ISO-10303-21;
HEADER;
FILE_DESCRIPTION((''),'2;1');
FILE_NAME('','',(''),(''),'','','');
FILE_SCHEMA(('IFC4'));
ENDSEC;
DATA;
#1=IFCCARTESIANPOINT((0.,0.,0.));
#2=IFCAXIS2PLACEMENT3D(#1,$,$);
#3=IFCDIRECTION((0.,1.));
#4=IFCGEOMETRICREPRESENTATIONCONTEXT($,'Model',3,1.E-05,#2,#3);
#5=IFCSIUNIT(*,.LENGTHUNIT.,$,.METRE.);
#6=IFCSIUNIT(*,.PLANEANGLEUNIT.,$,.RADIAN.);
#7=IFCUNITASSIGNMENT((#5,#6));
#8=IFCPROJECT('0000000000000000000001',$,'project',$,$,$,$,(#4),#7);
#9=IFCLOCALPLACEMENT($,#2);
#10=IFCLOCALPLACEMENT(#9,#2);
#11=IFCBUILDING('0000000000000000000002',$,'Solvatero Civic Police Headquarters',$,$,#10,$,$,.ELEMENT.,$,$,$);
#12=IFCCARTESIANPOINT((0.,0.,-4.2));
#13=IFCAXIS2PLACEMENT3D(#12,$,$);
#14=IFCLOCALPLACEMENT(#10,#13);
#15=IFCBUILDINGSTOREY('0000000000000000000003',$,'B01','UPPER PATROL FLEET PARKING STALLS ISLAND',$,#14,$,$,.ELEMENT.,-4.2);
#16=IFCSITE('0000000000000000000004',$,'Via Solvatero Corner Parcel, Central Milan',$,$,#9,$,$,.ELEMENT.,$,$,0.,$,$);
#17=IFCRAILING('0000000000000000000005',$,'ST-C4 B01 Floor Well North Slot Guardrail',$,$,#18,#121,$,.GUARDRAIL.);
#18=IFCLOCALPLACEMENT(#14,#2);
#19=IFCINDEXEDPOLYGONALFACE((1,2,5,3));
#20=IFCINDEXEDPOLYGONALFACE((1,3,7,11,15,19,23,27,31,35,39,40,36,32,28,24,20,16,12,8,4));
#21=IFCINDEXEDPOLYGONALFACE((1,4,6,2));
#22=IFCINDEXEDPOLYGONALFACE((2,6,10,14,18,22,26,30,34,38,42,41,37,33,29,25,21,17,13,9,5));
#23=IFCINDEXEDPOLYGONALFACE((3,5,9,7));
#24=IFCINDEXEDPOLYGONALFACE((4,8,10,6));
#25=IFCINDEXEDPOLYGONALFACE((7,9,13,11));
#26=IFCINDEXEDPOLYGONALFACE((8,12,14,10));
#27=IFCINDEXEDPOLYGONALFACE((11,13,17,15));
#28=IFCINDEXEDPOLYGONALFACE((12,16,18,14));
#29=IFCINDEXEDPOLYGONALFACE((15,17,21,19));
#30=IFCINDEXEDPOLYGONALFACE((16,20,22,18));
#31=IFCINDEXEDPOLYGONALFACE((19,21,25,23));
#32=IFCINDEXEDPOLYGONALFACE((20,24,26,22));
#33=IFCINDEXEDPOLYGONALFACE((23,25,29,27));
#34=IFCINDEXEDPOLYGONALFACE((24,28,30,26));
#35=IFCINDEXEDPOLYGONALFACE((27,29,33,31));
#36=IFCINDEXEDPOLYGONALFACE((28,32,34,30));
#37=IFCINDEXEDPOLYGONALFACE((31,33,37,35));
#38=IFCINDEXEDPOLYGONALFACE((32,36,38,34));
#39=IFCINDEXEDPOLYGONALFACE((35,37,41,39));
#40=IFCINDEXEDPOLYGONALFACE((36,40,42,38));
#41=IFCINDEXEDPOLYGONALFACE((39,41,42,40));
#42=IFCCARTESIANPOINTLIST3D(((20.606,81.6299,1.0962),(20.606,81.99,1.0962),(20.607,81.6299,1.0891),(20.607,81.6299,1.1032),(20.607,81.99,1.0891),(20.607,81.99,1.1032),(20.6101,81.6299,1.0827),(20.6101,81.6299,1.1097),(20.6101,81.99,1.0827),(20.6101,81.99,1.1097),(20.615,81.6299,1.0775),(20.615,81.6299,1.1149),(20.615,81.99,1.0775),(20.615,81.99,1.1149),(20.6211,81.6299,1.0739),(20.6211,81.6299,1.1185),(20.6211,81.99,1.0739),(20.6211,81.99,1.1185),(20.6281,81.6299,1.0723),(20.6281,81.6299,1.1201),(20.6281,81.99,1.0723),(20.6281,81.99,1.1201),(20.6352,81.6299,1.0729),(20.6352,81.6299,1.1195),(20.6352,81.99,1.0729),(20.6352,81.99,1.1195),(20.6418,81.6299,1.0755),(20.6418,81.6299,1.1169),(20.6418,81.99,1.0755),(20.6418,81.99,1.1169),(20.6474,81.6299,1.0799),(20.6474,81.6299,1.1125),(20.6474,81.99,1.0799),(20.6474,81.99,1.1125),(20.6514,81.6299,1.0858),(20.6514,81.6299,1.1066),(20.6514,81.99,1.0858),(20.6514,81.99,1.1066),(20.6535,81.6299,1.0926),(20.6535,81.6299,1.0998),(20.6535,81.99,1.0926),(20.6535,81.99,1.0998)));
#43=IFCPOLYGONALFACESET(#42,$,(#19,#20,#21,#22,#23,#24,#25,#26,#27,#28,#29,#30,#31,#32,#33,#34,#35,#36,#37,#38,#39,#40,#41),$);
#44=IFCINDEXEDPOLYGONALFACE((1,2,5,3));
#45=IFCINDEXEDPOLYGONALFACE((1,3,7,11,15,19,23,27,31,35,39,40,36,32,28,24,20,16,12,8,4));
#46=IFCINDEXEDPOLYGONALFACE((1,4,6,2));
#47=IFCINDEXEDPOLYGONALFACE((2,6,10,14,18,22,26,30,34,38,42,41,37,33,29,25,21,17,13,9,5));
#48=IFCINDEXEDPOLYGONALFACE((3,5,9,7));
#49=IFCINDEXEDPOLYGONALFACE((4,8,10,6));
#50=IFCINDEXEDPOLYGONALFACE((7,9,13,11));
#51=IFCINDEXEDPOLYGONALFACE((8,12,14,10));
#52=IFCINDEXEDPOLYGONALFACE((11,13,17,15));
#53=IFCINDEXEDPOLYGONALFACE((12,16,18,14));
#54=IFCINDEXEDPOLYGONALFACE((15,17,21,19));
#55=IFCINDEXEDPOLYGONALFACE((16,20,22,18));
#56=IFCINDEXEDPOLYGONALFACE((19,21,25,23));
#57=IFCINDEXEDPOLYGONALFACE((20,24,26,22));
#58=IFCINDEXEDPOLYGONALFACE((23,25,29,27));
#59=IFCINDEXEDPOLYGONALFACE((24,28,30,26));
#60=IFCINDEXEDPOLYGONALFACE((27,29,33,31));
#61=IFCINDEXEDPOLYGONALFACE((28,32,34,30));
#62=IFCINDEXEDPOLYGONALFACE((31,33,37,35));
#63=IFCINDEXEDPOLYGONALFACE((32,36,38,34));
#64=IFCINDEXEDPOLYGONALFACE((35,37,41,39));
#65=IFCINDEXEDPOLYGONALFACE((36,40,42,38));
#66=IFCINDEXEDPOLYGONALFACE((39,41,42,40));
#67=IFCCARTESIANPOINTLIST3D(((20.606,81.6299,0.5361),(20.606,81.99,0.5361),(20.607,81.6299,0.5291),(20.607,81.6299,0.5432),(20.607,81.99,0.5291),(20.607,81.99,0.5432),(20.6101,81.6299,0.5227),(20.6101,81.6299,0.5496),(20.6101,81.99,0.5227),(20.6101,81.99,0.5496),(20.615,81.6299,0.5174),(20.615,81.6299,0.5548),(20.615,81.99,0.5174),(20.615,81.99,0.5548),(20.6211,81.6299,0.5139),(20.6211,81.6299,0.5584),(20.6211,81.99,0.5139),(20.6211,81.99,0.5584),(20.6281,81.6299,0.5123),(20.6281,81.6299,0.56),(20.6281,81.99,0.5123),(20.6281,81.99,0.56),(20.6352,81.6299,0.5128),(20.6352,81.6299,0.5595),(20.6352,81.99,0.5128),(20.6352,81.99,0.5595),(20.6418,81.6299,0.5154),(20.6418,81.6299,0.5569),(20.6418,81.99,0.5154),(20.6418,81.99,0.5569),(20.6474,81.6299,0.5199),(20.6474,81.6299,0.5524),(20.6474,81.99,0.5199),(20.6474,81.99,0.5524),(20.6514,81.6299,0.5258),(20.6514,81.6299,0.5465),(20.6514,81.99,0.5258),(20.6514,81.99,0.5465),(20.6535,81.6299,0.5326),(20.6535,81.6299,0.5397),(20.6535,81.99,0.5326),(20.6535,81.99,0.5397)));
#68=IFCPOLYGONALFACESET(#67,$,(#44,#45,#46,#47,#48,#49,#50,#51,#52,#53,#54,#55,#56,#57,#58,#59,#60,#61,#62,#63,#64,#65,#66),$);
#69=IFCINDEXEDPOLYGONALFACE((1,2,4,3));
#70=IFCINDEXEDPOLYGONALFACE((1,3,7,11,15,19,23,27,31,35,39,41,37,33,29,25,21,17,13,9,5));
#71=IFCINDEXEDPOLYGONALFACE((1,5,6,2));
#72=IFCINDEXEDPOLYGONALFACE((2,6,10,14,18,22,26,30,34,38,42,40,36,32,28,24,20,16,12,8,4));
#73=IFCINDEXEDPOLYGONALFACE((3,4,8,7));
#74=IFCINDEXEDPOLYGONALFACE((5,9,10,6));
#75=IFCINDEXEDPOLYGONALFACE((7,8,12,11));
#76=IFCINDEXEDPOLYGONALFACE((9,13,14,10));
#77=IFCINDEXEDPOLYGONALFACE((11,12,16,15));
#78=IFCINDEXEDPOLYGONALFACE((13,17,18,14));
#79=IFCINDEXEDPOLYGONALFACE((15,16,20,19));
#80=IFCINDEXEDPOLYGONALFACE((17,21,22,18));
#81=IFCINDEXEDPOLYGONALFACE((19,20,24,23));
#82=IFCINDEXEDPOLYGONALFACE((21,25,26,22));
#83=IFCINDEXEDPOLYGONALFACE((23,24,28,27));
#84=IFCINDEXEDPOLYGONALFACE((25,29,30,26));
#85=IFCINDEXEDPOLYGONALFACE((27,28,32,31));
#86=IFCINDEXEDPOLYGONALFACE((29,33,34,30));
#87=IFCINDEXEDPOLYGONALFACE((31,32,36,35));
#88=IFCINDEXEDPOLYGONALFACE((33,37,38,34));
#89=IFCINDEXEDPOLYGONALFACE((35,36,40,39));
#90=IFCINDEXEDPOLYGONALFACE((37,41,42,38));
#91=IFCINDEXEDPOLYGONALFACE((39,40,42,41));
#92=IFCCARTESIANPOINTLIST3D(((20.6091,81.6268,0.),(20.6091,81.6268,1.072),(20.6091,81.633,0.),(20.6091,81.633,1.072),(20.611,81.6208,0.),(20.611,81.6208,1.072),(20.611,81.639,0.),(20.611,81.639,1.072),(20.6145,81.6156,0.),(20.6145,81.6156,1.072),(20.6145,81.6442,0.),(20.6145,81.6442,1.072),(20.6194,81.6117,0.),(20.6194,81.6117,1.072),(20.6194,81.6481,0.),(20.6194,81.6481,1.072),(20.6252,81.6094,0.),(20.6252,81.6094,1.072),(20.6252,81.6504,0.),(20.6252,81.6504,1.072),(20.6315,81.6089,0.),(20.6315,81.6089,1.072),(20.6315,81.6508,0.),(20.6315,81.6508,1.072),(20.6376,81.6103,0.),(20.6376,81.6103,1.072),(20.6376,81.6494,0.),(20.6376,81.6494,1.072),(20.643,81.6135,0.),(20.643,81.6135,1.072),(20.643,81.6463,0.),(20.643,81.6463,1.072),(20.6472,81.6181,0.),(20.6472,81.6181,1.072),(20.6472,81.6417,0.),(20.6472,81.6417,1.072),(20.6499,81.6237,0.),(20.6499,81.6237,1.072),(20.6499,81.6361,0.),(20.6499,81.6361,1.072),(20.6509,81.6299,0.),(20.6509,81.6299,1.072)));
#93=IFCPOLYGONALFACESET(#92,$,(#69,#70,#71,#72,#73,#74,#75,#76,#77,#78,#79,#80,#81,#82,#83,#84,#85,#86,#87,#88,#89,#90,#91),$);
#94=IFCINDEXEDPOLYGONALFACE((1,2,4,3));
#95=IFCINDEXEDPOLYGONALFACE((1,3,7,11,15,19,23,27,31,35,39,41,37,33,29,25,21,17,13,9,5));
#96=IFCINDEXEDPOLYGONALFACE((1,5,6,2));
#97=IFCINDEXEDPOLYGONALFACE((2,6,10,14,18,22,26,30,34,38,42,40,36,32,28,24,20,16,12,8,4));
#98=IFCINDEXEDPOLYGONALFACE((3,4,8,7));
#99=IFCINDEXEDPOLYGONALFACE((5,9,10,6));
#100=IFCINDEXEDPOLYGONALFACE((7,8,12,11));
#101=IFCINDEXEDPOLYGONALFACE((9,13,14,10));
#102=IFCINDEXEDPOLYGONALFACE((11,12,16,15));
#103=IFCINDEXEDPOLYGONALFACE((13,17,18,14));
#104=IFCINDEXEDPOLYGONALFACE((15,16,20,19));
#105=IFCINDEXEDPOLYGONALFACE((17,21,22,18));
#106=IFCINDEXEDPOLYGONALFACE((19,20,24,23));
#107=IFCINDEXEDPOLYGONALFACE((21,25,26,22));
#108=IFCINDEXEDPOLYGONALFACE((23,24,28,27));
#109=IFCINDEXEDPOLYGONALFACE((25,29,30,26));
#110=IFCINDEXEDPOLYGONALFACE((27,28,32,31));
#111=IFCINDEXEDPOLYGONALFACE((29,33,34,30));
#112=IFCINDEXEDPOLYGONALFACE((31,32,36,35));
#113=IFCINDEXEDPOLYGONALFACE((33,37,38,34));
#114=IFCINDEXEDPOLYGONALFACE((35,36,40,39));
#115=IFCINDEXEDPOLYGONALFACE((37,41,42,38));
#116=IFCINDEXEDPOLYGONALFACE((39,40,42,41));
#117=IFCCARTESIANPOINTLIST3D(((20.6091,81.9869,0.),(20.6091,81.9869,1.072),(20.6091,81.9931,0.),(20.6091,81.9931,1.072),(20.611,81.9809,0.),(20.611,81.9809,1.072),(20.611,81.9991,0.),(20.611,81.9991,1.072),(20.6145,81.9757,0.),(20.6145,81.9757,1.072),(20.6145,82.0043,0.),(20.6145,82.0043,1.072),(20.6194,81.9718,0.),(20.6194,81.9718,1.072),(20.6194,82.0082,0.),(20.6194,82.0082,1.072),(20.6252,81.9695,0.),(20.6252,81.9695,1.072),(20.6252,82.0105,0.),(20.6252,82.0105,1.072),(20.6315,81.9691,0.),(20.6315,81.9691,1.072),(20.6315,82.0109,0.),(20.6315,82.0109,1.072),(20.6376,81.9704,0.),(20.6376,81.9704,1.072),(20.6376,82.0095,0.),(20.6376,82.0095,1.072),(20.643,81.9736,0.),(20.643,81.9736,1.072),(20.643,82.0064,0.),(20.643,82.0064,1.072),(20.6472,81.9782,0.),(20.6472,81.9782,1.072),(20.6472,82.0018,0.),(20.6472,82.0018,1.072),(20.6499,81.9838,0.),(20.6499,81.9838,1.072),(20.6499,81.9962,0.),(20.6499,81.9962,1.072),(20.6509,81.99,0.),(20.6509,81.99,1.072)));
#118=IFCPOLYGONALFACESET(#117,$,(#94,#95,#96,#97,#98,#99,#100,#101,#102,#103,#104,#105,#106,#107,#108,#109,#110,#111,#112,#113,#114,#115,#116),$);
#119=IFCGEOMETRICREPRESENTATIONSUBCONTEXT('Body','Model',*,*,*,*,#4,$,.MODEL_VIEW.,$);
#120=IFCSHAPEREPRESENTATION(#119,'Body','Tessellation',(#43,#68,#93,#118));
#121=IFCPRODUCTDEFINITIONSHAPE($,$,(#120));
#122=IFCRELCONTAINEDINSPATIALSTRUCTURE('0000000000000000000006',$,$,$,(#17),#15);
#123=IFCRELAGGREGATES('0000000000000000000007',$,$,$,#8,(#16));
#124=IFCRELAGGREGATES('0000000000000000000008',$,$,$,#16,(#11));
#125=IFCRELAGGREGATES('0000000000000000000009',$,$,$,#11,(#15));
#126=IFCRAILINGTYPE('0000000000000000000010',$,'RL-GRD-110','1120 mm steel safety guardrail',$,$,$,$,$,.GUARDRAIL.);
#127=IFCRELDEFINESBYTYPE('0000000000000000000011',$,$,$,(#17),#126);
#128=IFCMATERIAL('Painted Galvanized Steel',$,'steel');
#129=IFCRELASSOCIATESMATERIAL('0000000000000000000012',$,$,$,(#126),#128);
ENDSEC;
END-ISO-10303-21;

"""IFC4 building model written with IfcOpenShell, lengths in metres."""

from ifc_helpers import new_model, si_unit, direction, frame, origin, origin_2d, place, context, subcontext, project, spatial, circle, extrude, material, type_object, element, save


model = new_model("IFC4")

# Units and contexts
model_context = context("Model", 3, precision=1e-05, world=origin(), true_north=direction((0.0, 1.0)))
body_context = subcontext(model_context, "Body", "Model", "MODEL_VIEW")
ifc_project = project(units=[si_unit("LENGTHUNIT", "METRE"), si_unit("PLANEANGLEUNIT", "RADIAN")], contexts=[model_context])

# Site, building, storey
site_placement = place(None, origin())
site = spatial("IfcSite", under=ifc_project, at=site_placement, Name="Via Solvatero Corner Parcel, Central Milan", CompositionType="ELEMENT", RefElevation=0.0)
building_placement = place(site_placement, origin())
building = spatial("IfcBuilding", under=site, at=building_placement, Name="Solvatero Civic Police Headquarters", CompositionType="ELEMENT")
storey_placement = place(building_placement, frame((0.0, 0.0, -4.2)))
storey = spatial("IfcBuildingStorey", under=building, at=storey_placement, Name="B01", Description="UPPER PATROL FLEET PARKING STALLS ISLAND", CompositionType="ELEMENT", Elevation=-4.2)

# Railing
ifc_material_1 = material(Name="Painted Galvanized Steel", Category="steel")
railing_type_1 = type_object("IfcRailingType", Name="RL-GRD-110", Description="1120 mm steel safety guardrail", PredefinedType="GUARDRAIL", material=ifc_material_1)
railing_1_placement = place(storey_placement, frame((20.6299, 81.6299, 0.0)))
element("IfcRailing", 1, at=railing_1_placement, inside=storey, type_object=railing_type_1, Name="ST-C4 B01 Floor Well North Slot Guardrail", PredefinedType="GUARDRAIL", context=body_context, shape_type="SweptSolid", body=[
    extrude(circle(Radius=0.0239, at=origin_2d()), frame((0.0, 0.0, 1.0962), z_axis=(0.0, 1.0, 0.0), x_axis=(-1.0, 0.0, 0.0)), (0.0, 0.0, 1.0), 0.3601),
    extrude(circle(Radius=0.0239, at=origin_2d()), frame((0.0, 0.0, 0.5361), z_axis=(0.0, 1.0, 0.0), x_axis=(-1.0, 0.0, 0.0)), (0.0, 0.0, 1.0), 0.3601),
    extrude(circle(Radius=0.021, at=origin_2d()), origin(), (0.0, 0.0, 1.0), 1.072),
    extrude(circle(Radius=0.021, at=origin_2d()), frame((0.0, 0.3601, 0.0)), (0.0, 0.0, 1.0), 1.072),
])

save(model, "model.ifc")
